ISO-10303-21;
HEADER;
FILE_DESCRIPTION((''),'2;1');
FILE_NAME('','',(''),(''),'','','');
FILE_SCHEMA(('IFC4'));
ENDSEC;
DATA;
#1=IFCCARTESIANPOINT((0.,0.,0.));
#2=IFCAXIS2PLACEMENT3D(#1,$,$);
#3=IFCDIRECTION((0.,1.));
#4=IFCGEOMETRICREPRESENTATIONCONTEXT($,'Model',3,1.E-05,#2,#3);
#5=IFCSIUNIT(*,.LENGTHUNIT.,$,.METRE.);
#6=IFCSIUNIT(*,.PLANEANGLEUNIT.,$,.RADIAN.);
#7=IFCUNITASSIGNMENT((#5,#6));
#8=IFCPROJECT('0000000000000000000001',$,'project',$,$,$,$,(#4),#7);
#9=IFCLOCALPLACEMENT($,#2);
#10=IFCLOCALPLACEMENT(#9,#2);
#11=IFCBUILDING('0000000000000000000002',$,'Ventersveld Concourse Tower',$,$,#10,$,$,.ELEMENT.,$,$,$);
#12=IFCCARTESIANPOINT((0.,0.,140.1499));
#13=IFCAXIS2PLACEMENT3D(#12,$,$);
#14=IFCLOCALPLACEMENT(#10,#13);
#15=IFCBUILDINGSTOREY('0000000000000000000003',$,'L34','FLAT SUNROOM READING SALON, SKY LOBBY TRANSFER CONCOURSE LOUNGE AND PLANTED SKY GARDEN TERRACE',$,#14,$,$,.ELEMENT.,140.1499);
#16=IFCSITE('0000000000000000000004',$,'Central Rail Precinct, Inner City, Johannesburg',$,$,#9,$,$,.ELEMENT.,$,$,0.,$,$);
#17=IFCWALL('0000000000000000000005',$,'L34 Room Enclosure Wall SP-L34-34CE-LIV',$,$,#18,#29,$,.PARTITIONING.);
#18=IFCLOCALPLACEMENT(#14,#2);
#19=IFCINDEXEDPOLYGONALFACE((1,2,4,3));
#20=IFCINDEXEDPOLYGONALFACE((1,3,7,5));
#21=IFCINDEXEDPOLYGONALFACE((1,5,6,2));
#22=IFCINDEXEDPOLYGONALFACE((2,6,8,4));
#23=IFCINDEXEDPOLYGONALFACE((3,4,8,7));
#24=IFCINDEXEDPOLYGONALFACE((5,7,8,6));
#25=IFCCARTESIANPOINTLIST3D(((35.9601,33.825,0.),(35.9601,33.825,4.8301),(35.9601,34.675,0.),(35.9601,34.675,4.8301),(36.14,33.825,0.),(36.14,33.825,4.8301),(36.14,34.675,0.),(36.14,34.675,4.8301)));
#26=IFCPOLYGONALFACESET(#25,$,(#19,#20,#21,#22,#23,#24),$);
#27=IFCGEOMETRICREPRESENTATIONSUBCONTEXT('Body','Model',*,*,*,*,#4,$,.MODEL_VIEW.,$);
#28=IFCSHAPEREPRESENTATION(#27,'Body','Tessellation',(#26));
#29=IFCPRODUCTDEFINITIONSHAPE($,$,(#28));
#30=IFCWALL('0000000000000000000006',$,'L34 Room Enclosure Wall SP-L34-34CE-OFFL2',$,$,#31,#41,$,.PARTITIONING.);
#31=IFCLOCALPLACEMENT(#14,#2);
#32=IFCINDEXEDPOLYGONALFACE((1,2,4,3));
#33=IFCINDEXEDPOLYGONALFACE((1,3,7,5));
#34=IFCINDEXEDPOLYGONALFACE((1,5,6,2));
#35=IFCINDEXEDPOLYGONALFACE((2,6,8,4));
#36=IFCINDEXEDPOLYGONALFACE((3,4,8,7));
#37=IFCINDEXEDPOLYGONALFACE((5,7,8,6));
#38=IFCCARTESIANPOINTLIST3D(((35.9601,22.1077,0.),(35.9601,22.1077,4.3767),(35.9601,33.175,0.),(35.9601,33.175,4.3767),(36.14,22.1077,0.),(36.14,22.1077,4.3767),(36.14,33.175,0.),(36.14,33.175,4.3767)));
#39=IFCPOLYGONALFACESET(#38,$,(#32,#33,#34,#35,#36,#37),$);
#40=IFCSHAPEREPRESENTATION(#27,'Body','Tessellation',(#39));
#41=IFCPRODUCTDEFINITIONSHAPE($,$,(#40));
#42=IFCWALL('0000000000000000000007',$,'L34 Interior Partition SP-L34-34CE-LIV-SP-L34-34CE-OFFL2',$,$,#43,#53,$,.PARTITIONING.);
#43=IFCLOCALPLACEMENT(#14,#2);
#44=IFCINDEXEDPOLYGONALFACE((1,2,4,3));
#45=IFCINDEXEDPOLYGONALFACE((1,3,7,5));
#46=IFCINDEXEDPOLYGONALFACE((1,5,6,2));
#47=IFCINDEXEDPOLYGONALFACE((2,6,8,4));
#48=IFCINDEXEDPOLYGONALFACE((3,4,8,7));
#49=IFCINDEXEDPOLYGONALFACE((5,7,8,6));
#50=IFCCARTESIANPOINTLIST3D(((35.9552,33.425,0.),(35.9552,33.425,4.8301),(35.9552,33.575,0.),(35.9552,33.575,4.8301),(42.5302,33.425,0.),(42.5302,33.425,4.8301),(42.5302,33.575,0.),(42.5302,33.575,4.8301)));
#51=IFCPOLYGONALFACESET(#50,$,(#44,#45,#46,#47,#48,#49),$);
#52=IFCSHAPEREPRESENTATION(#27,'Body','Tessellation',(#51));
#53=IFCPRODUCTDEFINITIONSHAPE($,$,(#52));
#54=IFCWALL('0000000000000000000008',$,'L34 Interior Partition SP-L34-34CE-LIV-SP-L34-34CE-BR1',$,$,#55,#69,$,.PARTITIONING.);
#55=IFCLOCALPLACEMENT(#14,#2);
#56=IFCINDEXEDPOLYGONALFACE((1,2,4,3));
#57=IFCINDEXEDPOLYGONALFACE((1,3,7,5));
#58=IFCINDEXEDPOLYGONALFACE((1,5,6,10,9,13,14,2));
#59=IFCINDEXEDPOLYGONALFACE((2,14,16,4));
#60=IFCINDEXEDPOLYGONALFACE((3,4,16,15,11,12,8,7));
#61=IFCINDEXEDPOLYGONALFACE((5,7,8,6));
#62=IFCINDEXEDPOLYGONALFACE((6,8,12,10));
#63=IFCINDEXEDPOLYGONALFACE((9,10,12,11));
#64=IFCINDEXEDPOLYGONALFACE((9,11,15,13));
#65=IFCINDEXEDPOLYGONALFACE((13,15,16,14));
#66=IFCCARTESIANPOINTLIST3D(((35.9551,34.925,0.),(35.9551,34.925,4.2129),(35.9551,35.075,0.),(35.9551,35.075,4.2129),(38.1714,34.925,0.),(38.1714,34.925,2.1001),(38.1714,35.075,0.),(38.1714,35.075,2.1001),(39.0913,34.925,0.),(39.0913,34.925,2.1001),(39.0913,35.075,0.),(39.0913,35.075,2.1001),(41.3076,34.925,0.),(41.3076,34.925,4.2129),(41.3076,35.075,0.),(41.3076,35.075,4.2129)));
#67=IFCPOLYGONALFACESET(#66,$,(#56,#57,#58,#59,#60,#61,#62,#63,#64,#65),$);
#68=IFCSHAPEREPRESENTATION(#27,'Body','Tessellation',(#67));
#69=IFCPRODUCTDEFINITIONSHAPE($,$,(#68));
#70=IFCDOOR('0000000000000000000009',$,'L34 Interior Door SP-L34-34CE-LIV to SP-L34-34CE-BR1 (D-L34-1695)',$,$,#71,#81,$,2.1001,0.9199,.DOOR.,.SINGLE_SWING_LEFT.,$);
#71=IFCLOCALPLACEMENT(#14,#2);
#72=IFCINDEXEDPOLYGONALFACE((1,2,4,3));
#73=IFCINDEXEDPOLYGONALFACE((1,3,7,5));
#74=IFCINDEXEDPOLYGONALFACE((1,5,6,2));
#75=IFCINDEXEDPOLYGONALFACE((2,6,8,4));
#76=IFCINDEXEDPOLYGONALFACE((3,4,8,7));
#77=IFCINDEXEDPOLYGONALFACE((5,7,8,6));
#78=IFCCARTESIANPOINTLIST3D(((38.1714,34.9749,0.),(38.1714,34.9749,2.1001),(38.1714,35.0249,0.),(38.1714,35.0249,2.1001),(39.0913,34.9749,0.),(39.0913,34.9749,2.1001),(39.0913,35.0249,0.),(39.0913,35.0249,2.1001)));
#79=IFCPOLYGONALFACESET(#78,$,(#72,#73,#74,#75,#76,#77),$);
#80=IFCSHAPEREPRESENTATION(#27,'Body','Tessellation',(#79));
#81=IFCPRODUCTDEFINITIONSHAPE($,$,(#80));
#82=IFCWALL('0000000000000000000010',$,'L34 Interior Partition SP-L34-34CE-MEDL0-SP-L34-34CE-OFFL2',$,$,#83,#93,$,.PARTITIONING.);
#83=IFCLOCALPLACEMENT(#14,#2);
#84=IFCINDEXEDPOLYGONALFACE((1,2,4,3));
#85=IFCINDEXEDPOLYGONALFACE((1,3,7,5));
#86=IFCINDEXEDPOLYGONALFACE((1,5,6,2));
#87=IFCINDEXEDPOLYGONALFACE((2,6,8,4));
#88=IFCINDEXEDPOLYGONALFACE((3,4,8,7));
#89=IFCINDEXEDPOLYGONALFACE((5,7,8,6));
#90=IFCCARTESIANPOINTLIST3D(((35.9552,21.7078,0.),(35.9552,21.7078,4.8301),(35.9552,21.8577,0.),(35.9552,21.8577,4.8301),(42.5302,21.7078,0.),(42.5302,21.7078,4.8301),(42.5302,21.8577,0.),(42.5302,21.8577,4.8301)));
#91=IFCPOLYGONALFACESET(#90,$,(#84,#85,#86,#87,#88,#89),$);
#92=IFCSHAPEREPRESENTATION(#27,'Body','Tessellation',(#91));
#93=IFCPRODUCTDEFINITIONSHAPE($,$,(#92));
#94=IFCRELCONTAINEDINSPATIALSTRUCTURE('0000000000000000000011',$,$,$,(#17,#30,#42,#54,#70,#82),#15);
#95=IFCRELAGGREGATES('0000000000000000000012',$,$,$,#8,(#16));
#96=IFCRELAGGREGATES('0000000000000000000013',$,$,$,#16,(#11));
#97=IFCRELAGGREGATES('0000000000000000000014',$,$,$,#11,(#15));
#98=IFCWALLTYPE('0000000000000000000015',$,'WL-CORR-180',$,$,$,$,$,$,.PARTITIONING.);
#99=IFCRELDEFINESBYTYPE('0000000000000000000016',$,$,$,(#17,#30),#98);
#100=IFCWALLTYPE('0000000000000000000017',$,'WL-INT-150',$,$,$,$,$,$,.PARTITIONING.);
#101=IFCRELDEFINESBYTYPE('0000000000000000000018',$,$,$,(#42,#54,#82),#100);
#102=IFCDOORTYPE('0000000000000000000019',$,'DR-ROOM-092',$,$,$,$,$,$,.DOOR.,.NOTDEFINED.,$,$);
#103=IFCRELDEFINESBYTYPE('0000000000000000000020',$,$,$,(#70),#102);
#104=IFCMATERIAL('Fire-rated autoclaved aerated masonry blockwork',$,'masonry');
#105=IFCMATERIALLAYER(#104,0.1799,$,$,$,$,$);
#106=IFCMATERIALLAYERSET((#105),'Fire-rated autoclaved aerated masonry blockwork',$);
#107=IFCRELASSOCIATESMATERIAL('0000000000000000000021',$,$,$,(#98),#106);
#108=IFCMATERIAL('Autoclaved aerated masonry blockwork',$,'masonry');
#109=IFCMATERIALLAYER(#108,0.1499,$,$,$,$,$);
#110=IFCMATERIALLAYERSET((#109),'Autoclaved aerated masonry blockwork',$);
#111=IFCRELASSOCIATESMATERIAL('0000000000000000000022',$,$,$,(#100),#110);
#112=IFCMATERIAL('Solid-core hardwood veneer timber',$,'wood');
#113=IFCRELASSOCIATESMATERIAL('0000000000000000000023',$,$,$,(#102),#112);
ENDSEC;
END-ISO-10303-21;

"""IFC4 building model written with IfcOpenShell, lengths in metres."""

from ifc_helpers import new_model, si_unit, direction, frame, frame_2d, origin, place, context, subcontext, project, spatial, rectangle, extrude, material, layer, layer_set, type_object, element, fill, save


model = new_model("IFC4")

# Units and contexts
model_context = context("Model", 3, precision=1e-05, world=origin(), true_north=direction((0.0, 1.0)))
body_context = subcontext(model_context, "Body", "Model", "MODEL_VIEW")
ifc_project = project(units=[si_unit("LENGTHUNIT", "METRE"), si_unit("PLANEANGLEUNIT", "RADIAN")], contexts=[model_context])

# Site, building, storey
site_placement = place(None, origin())
site = spatial("IfcSite", under=ifc_project, at=site_placement, Name="Central Rail Precinct, Inner City, Johannesburg", CompositionType="ELEMENT", RefElevation=0.0)
building_placement = place(site_placement, origin())
building = spatial("IfcBuilding", under=site, at=building_placement, Name="Ventersveld Concourse Tower", CompositionType="ELEMENT")
storey_placement = place(building_placement, frame((0.0, 0.0, 140.1499)))
storey = spatial("IfcBuildingStorey", under=building, at=storey_placement, Name="L34", Description="FLAT SUNROOM READING SALON, SKY LOBBY TRANSFER CONCOURSE LOUNGE AND PLANTED SKY GARDEN TERRACE", CompositionType="ELEMENT", Elevation=140.1499)

# Walls
ifc_material_1 = material(Name="Fire-rated autoclaved aerated masonry blockwork", Category="masonry")
ifc_layer_1 = layer(ifc_material_1, 0.1799)
ifc_layer_set_1 = layer_set([ifc_layer_1], Name="Fire-rated autoclaved aerated masonry blockwork")
wall_type_1 = type_object("IfcWallType", Name="WL-CORR-180", PredefinedType="PARTITIONING", material=ifc_layer_set_1)
wall_1_placement = place(storey_placement, frame((36.05, 33.825, 0.0), z_axis=(0.0, 0.0, 1.0), x_axis=(0.0, 1.0, 0.0)))
element("IfcWall", 1, at=wall_1_placement, inside=storey, type_object=wall_type_1, Name="L34 Room Enclosure Wall SP-L34-34CE-LIV", PredefinedType="PARTITIONING", context=body_context, shape_type="SweptSolid", body=[
    extrude(rectangle(XDim=0.8501, YDim=0.1799, at=frame_2d((0.425, 0.0))), origin(), (0.0, 0.0, 1.0), 4.8301),
])
wall_2_placement = place(storey_placement, frame((36.05, 22.1077, 0.0), z_axis=(0.0, 0.0, 1.0), x_axis=(0.0, 1.0, 0.0)))
element("IfcWall", 2, at=wall_2_placement, inside=storey, type_object=wall_type_1, Name="L34 Room Enclosure Wall SP-L34-34CE-OFFL2", PredefinedType="PARTITIONING", context=body_context, shape_type="SweptSolid", body=[
    extrude(rectangle(XDim=11.0674, YDim=0.1799, at=frame_2d((5.5337, 0.0))), origin(), (0.0, 0.0, 1.0), 4.3767),
])
ifc_material_2 = material(Name="Autoclaved aerated masonry blockwork", Category="masonry")
ifc_layer_2 = layer(ifc_material_2, 0.1499)
ifc_layer_set_2 = layer_set([ifc_layer_2], Name="Autoclaved aerated masonry blockwork")
wall_type_2 = type_object("IfcWallType", Name="WL-INT-150", PredefinedType="PARTITIONING", material=ifc_layer_set_2)
wall_3_placement = place(storey_placement, frame((35.9551, 33.5, 0.0), z_axis=(0.0, 0.0, 1.0), x_axis=(1.0, 0.0, 0.0)))
element("IfcWall", 3, at=wall_3_placement, inside=storey, type_object=wall_type_2, Name="L34 Interior Partition SP-L34-34CE-LIV-SP-L34-34CE-OFFL2", PredefinedType="PARTITIONING", context=body_context, shape_type="SweptSolid", body=[
    extrude(rectangle(XDim=6.575, YDim=0.1499, at=frame_2d((3.2876, 0.0))), origin(), (0.0, 0.0, 1.0), 4.8301),
])

# Wall, opening, door
wall_4_placement = place(storey_placement, frame((35.9551, 35.0, 0.0), z_axis=(0.0, 0.0, 1.0), x_axis=(1.0, 0.0, 0.0)))
wall_4 = element("IfcWall", 4, at=wall_4_placement, inside=storey, type_object=wall_type_2, Name="L34 Interior Partition SP-L34-34CE-LIV-SP-L34-34CE-BR1", PredefinedType="PARTITIONING", context=body_context, shape_type="SweptSolid", body=[
    extrude(rectangle(XDim=5.3525, YDim=0.1499, at=frame_2d((2.6763, 0.0))), origin(), (0.0, 0.0, 1.0), 4.2129),
])
opening_placement = place(wall_4_placement, frame((2.2163, 0.0, 0.0)))
opening = element("IfcOpeningElement", 5, at=opening_placement, cuts=wall_4, PredefinedType="OPENING", context=body_context, shape_type="SweptSolid", body=[
    extrude(rectangle(XDim=0.9199, YDim=2.1001, at=frame_2d((0.46, 1.05))), frame((0.0, 0.085, 0.0), z_axis=(0.0, -1.0, 0.0), x_axis=(1.0, 0.0, 0.0)), (0.0, 0.0, 1.0), 0.1699),
])
ifc_material_3 = material(Name="Solid-core hardwood veneer timber", Category="wood")
door_type = type_object("IfcDoorType", Name="DR-ROOM-092", OperationType="NOTDEFINED", PredefinedType="DOOR", material=ifc_material_3)
door_placement = place(opening_placement, origin())
door = element("IfcDoor", 6, at=door_placement, inside=storey, type_object=door_type, Name="L34 Interior Door SP-L34-34CE-LIV to SP-L34-34CE-BR1 (D-L34-1695)", OperationType="SINGLE_SWING_LEFT", OverallHeight=2.1001, OverallWidth=0.9199, PredefinedType="DOOR", context=body_context, shape_type="SweptSolid", body=[
    extrude(rectangle(XDim=0.9199, YDim=2.1001, at=frame_2d((0.46, 1.05))), frame((0.0, 0.0249, 0.0), z_axis=(0.0, -1.0, 0.0), x_axis=(1.0, 0.0, 0.0)), (0.0, 0.0, 1.0), 0.05),
])
fill(opening, door)

# Wall
wall_5_placement = place(storey_placement, frame((35.9551, 21.7827, 0.0), z_axis=(0.0, 0.0, 1.0), x_axis=(1.0, 0.0, 0.0)))
element("IfcWall", 7, at=wall_5_placement, inside=storey, type_object=wall_type_2, Name="L34 Interior Partition SP-L34-34CE-MEDL0-SP-L34-34CE-OFFL2", PredefinedType="PARTITIONING", context=body_context, shape_type="SweptSolid", body=[
    extrude(rectangle(XDim=6.575, YDim=0.1499, at=frame_2d((3.2876, 0.0))), origin(), (0.0, 0.0, 1.0), 4.8301),
])

save(model, "model.ifc")
